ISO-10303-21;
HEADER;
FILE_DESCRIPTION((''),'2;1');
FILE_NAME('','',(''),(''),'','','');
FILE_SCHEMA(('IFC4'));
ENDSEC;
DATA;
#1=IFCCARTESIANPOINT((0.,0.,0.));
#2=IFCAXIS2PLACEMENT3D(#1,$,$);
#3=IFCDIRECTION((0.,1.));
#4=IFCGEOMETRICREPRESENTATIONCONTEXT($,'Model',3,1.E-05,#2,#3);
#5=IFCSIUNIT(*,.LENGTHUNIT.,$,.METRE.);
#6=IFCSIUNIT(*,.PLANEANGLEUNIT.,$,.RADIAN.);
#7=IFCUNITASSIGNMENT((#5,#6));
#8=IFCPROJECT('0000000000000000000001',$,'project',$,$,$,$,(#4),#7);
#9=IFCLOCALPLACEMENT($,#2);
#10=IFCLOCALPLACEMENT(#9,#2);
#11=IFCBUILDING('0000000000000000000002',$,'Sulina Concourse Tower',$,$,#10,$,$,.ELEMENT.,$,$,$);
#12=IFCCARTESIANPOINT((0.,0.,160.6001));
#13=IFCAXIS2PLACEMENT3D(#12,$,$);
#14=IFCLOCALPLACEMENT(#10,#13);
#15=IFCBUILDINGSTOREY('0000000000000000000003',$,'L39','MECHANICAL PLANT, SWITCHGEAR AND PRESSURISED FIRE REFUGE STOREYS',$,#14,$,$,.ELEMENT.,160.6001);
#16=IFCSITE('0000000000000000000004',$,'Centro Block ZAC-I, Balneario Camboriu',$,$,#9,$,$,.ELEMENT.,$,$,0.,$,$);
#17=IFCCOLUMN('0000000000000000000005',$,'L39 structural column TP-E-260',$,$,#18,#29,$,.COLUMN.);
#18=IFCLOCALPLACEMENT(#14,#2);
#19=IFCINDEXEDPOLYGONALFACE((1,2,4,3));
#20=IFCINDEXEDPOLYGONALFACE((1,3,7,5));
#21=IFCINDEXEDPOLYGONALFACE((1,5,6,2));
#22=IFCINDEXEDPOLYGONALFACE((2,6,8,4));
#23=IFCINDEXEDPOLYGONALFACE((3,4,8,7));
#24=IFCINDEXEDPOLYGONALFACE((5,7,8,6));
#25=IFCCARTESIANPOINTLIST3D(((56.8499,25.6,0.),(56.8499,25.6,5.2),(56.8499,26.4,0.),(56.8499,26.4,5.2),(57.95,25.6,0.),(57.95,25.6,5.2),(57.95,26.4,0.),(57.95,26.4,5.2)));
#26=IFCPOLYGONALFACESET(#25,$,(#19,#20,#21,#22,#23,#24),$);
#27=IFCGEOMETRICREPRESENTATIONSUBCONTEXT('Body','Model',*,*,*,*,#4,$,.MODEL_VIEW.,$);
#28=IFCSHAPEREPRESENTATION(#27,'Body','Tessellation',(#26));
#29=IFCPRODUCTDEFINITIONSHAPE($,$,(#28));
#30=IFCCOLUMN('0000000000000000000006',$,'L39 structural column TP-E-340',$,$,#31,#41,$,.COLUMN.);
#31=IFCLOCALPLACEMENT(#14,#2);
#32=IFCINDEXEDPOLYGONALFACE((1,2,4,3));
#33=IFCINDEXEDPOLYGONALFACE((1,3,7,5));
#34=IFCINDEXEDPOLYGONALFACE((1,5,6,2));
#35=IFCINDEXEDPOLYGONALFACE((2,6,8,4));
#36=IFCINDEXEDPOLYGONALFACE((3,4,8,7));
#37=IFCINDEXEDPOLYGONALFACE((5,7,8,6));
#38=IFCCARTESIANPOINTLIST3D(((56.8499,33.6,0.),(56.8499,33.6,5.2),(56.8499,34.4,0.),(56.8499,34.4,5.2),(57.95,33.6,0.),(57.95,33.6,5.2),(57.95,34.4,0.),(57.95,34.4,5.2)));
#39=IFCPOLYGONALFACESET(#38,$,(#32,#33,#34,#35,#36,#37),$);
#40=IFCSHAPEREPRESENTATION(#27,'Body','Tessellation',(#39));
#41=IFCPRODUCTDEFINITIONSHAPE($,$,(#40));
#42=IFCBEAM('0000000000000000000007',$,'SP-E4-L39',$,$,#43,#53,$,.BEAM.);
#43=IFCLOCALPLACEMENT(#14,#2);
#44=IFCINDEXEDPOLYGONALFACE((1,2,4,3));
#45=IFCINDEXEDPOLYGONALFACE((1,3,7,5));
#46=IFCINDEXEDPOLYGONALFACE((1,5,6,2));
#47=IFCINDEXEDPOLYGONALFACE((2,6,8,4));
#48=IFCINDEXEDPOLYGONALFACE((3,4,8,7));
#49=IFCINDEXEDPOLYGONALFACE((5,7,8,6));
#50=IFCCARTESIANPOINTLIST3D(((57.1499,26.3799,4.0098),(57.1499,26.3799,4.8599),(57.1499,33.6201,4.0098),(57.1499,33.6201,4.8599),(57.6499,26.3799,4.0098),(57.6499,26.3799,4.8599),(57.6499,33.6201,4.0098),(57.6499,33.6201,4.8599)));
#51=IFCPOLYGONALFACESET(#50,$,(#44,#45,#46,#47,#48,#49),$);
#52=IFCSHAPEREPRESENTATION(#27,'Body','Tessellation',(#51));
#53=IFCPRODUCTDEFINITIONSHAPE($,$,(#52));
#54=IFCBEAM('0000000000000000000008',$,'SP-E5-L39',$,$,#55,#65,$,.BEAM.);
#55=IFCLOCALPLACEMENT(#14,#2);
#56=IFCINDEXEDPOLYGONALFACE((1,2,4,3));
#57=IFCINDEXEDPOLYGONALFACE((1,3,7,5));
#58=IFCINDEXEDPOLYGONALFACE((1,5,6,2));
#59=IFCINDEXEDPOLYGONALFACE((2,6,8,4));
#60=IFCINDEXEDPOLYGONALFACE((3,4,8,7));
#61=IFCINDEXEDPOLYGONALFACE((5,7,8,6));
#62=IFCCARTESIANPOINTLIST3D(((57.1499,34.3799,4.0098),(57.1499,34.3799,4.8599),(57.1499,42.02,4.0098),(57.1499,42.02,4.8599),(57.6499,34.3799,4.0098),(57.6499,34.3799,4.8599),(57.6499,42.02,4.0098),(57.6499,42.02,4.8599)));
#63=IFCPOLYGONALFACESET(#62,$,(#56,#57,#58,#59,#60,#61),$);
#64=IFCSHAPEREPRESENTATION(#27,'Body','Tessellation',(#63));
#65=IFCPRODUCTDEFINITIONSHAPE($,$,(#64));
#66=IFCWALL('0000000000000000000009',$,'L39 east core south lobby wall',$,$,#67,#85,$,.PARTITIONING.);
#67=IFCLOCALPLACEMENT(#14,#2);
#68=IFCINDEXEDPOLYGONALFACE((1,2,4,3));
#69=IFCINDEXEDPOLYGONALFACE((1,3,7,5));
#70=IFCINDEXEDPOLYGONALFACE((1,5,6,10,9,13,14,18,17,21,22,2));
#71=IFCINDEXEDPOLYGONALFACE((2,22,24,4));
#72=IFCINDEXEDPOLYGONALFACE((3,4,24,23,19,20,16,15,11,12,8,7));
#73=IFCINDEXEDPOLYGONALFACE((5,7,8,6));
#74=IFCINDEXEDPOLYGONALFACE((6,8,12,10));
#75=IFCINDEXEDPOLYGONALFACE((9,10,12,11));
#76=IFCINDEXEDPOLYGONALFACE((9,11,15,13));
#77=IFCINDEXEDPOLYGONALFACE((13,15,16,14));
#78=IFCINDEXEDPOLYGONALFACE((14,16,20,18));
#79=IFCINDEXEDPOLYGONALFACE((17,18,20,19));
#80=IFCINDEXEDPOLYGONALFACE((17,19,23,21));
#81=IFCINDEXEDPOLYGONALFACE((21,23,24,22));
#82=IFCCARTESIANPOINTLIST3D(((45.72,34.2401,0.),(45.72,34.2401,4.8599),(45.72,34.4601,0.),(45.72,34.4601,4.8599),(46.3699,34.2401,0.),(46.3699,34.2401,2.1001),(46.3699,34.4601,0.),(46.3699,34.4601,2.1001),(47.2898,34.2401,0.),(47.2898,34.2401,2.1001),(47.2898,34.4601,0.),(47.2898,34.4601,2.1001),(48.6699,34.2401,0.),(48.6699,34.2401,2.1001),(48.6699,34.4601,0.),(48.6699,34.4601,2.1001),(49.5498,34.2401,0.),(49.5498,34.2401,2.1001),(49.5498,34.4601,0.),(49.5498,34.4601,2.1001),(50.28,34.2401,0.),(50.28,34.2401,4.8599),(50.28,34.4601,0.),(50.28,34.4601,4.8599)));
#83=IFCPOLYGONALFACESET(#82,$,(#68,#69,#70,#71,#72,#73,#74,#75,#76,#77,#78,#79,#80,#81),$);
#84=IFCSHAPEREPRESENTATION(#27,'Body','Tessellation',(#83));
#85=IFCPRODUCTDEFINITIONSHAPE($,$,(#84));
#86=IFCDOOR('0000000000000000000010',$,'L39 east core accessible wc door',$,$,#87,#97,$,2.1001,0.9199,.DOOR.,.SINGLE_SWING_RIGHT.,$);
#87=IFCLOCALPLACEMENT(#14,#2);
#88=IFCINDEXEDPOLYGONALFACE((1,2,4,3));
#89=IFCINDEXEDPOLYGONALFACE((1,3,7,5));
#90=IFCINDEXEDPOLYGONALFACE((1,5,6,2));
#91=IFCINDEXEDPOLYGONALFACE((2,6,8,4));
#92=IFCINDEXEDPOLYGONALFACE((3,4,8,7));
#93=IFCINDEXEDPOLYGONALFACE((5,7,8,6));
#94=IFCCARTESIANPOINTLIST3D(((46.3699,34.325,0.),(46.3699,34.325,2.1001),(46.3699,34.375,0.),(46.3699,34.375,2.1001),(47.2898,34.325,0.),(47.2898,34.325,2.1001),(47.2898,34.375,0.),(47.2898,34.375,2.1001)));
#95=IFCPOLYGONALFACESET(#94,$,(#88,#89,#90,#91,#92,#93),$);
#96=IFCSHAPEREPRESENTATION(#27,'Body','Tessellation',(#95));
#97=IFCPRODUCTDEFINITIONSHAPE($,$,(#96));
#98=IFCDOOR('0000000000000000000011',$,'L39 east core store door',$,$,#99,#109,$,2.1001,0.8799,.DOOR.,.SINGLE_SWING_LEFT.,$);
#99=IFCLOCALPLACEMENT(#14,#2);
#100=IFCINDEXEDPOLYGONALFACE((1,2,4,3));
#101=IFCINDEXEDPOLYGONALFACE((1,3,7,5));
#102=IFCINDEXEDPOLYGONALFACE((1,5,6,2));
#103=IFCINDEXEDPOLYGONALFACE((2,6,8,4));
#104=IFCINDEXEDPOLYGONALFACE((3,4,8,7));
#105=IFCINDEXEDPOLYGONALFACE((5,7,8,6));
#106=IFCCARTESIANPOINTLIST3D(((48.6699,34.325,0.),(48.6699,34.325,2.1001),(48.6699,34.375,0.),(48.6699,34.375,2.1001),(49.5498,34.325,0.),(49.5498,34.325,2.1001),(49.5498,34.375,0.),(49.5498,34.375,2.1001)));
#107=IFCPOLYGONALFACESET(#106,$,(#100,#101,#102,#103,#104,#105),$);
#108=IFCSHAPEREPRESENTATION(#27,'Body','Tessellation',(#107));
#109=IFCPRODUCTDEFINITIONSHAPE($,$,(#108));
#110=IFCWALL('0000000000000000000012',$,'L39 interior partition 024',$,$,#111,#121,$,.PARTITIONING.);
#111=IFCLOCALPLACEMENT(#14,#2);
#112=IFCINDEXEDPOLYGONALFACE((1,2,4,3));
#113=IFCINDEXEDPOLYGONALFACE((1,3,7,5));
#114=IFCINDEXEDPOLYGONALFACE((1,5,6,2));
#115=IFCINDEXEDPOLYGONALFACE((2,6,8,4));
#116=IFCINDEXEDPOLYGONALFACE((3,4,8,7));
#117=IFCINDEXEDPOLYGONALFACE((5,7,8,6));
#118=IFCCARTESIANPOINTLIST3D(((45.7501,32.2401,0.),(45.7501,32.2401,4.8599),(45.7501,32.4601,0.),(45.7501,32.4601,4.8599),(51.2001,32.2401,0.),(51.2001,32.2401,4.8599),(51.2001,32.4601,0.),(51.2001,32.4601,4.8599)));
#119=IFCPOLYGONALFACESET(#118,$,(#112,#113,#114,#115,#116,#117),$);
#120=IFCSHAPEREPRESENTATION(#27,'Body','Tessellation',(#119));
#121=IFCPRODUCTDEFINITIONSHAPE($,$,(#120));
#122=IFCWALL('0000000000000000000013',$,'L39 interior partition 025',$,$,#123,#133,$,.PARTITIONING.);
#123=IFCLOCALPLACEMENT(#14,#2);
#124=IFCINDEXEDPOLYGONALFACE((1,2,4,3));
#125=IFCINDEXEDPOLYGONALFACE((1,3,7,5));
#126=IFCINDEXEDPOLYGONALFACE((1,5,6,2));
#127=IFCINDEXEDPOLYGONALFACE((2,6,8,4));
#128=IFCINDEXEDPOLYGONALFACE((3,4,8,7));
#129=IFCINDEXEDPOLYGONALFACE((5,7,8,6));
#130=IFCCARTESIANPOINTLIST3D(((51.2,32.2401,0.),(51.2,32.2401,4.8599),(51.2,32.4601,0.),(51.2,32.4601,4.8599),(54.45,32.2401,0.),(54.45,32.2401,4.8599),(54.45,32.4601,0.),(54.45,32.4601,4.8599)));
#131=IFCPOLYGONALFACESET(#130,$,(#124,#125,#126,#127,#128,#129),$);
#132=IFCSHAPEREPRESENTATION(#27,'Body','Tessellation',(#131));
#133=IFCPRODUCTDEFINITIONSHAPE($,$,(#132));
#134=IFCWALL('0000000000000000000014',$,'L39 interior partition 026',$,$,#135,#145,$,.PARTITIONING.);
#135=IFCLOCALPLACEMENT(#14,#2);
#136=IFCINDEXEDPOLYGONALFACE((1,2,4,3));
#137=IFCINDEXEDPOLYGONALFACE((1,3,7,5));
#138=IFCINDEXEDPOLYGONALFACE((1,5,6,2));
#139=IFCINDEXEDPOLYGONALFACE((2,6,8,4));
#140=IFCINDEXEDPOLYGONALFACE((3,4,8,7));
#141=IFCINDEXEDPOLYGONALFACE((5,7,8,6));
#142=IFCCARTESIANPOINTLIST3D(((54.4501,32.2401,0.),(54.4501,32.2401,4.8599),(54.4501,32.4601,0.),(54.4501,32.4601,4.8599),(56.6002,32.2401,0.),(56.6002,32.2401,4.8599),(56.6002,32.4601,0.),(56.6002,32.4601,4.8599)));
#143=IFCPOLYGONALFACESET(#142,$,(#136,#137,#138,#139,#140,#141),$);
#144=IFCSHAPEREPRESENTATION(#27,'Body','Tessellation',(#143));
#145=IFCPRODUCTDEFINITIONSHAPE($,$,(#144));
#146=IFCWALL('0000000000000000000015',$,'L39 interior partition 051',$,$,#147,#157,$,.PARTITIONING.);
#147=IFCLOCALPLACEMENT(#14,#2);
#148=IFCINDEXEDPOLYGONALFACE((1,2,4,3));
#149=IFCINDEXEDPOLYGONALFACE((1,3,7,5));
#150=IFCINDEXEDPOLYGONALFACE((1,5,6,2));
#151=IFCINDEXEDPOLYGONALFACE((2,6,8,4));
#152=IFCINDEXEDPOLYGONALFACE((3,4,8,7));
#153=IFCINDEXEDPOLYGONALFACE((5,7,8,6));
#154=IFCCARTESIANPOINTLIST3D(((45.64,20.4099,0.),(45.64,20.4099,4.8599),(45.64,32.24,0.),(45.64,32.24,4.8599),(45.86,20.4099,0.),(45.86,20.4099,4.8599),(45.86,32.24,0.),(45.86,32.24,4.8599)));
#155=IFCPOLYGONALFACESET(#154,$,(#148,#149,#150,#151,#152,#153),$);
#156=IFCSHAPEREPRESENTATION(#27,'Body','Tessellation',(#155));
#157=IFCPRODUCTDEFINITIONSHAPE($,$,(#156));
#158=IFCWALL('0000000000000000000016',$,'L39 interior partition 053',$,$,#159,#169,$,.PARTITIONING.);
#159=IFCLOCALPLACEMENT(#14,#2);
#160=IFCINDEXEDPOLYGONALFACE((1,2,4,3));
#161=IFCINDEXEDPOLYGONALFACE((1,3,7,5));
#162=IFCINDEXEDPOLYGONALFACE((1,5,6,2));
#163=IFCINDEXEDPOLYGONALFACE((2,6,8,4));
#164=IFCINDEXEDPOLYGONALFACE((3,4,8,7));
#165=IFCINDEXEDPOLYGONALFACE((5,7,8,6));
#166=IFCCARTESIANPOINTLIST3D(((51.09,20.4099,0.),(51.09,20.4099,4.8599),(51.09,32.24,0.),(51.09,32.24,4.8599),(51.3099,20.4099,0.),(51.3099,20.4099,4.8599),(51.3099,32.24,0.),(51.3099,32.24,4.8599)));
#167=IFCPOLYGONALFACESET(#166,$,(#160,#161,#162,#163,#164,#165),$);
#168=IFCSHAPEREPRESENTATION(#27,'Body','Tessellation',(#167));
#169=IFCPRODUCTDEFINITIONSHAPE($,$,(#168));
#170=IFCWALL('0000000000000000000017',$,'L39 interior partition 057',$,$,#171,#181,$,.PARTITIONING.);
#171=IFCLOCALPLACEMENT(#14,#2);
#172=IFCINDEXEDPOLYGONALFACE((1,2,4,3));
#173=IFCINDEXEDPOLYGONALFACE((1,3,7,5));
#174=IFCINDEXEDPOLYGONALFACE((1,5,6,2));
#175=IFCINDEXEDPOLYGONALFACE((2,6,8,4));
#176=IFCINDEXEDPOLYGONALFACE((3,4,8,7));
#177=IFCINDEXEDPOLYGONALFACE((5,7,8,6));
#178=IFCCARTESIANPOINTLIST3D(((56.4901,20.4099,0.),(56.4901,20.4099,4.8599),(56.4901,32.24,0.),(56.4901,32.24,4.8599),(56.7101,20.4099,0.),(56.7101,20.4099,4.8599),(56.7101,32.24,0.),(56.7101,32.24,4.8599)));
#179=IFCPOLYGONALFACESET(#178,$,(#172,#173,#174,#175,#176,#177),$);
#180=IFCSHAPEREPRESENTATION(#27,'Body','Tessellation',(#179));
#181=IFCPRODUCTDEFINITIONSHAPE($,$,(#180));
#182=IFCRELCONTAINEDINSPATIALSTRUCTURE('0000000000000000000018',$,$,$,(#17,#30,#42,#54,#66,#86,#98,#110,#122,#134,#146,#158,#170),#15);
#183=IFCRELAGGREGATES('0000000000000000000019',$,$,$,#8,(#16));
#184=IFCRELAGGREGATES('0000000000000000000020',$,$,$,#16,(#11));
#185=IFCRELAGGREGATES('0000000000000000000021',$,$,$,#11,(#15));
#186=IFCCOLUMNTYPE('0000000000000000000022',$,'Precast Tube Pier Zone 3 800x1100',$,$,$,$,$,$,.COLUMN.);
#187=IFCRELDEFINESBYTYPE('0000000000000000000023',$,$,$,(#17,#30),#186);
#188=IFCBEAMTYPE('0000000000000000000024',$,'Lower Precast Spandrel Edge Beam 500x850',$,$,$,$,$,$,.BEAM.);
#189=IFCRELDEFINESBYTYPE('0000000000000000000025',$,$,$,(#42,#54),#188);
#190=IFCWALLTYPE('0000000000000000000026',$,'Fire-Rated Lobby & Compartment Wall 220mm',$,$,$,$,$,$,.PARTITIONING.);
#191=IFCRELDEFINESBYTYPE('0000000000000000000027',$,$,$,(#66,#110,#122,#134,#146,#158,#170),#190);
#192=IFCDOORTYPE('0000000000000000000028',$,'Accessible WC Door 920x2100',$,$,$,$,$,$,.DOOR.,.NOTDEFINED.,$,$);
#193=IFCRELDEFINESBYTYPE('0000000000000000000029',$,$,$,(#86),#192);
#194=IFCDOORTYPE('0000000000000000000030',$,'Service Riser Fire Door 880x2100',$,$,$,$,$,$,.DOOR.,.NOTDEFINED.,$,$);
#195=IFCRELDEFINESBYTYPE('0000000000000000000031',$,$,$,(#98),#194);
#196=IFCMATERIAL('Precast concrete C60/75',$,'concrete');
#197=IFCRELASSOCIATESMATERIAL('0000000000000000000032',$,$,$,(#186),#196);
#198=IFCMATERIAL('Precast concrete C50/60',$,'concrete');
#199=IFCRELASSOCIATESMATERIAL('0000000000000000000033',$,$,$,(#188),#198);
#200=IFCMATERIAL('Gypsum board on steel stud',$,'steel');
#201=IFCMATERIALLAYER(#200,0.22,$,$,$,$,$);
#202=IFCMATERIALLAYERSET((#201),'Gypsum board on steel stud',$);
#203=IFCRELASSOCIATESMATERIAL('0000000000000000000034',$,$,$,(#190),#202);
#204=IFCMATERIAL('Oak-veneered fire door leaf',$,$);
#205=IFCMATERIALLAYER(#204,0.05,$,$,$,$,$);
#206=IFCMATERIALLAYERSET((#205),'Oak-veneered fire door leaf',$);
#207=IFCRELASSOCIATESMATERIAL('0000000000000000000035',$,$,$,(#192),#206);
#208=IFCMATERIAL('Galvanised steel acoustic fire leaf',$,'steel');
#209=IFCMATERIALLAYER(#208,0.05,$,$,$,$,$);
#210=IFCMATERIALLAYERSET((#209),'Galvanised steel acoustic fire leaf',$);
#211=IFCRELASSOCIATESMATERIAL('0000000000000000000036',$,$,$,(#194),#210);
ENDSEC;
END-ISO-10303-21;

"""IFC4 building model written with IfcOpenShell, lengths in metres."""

from ifc_helpers import new_model, si_unit, direction, frame, frame_2d, origin, origin_2d, place, context, subcontext, project, spatial, rectangle, extrude, material, layer, layer_set, material_profile, profile_set, type_object, element, fill, save


model = new_model("IFC4")

# Units and contexts
model_context = context("Model", 3, precision=1e-05, world=origin(), true_north=direction((0.0, 1.0)))
body_context = subcontext(model_context, "Body", "Model", "MODEL_VIEW")
ifc_project = project(units=[si_unit("LENGTHUNIT", "METRE"), si_unit("PLANEANGLEUNIT", "RADIAN")], contexts=[model_context])

# Site, building, storey
site_placement = place(None, origin())
site = spatial("IfcSite", under=ifc_project, at=site_placement, Name="Centro Block ZAC-I, Balneario Camboriu", CompositionType="ELEMENT", RefElevation=0.0)
building_placement = place(site_placement, origin())
building = spatial("IfcBuilding", under=site, at=building_placement, Name="Sulina Concourse Tower", CompositionType="ELEMENT")
storey_placement = place(building_placement, frame((0.0, 0.0, 160.6001)))
storey = spatial("IfcBuildingStorey", under=building, at=storey_placement, Name="L39", Description="MECHANICAL PLANT, SWITCHGEAR AND PRESSURISED FIRE REFUGE STOREYS", CompositionType="ELEMENT", Elevation=160.6001)

# Columns
ifc_material_1 = material(Name="Precast concrete C60/75", Category="concrete")
ifc_material_profile_1 = material_profile(ifc_material_1, rectangle(XDim=0.8, YDim=1.1001, at=origin_2d()), Name="PC 800x1100")
ifc_profile_set_1 = profile_set([ifc_material_profile_1], Name="Precast concrete C60/75")
column_type = type_object("IfcColumnType", Name="Precast Tube Pier Zone 3 800x1100", PredefinedType="COLUMN", material=ifc_profile_set_1)
for number, where, z_axis, x_axis, name in (
    (1, (57.3999, 26.0, 0.0), (0.0, 0.0, 1.0), (0.0, 1.0, 0.0), "L39 structural column TP-E-260"),
    (2, (57.3999, 34.0, 0.0), (0.0, 0.0, 1.0), (0.0, 1.0, 0.0), "L39 structural column TP-E-340"),
):
    element("IfcColumn", number, at=place(storey_placement, frame(where, z_axis=z_axis, x_axis=x_axis)), inside=storey, type_object=column_type, Name=name, PredefinedType="COLUMN", context=body_context, shape_type="SweptSolid", body=[
        extrude(rectangle(XDim=0.8, YDim=1.1001, at=origin_2d()), origin(), (0.0, 0.0, 1.0), 5.2),
    ])

# Beams
ifc_material_2 = material(Name="Precast concrete C50/60", Category="concrete")
ifc_material_profile_2 = material_profile(ifc_material_2, rectangle(XDim=0.5, YDim=0.8501, at=origin_2d()), Name="RC 500x850")
ifc_profile_set_2 = profile_set([ifc_material_profile_2], Name="Precast concrete C50/60")
beam_type = type_object("IfcBeamType", Name="Lower Precast Spandrel Edge Beam 500x850", PredefinedType="BEAM", material=ifc_profile_set_2)
beam_1_placement = place(storey_placement, frame((57.3999, 26.3799, 4.4348), z_axis=(0.0, 1.0, 0.0), x_axis=(-1.0, 0.0, 0.0)))
element("IfcBeam", 3, at=beam_1_placement, inside=storey, type_object=beam_type, Name="SP-E4-L39", PredefinedType="BEAM", context=body_context, shape_type="SweptSolid", body=[
    extrude(rectangle(XDim=0.5, YDim=0.8501, at=origin_2d()), origin(), (0.0, 0.0, 1.0), 7.2402),
])
beam_2_placement = place(storey_placement, frame((57.3999, 34.3799, 4.4348), z_axis=(0.0, 1.0, 0.0), x_axis=(-1.0, 0.0, 0.0)))
element("IfcBeam", 4, at=beam_2_placement, inside=storey, type_object=beam_type, Name="SP-E5-L39", PredefinedType="BEAM", context=body_context, shape_type="SweptSolid", body=[
    extrude(rectangle(XDim=0.5, YDim=0.8501, at=origin_2d()), origin(), (0.0, 0.0, 1.0), 7.6401),
])

# Wall, openings, doors
ifc_material_3 = material(Name="Gypsum board on steel stud", Category="steel")
ifc_layer_1 = layer(ifc_material_3, 0.22)
ifc_layer_set_1 = layer_set([ifc_layer_1], Name="Gypsum board on steel stud")
wall_type_1 = type_object("IfcWallType", Name="Fire-Rated Lobby & Compartment Wall 220mm", PredefinedType="PARTITIONING", material=ifc_layer_set_1)
wall_1_placement = place(storey_placement, frame((45.72, 34.3501, 0.0), z_axis=(0.0, 0.0, 1.0), x_axis=(1.0, 0.0, 0.0)))
wall_1 = element("IfcWall", 5, at=wall_1_placement, inside=storey, type_object=wall_type_1, Name="L39 east core south lobby wall", PredefinedType="PARTITIONING", context=body_context, shape_type="SweptSolid", body=[
    extrude(rectangle(XDim=4.5601, YDim=0.22, at=frame_2d((2.28, 0.0))), origin(), (0.0, 0.0, 1.0), 4.8599),
])
opening_1_placement = place(wall_1_placement, frame((0.6499, 0.0, 0.0)))
opening_1 = element("IfcOpeningElement", 6, at=opening_1_placement, cuts=wall_1, PredefinedType="OPENING", context=body_context, shape_type="SweptSolid", body=[
    extrude(rectangle(XDim=0.9199, YDim=2.1001, at=frame_2d((0.46, 1.05))), frame((0.0, 0.1199, 0.0), z_axis=(0.0, -1.0, 0.0), x_axis=(1.0, 0.0, 0.0)), (0.0, 0.0, 1.0), 0.24),
])
opening_2_placement = place(wall_1_placement, frame((2.95, 0.0, 0.0)))
opening_2 = element("IfcOpeningElement", 7, at=opening_2_placement, cuts=wall_1, PredefinedType="OPENING", context=body_context, shape_type="SweptSolid", body=[
    extrude(rectangle(XDim=0.8799, YDim=2.1001, at=frame_2d((0.4399, 1.05))), frame((0.0, 0.1199, 0.0), z_axis=(0.0, -1.0, 0.0), x_axis=(1.0, 0.0, 0.0)), (0.0, 0.0, 1.0), 0.24),
])
ifc_material_4 = material(Name="Oak-veneered fire door leaf")
ifc_layer_2 = layer(ifc_material_4, 0.05)
ifc_layer_set_2 = layer_set([ifc_layer_2], Name="Oak-veneered fire door leaf")
door_type_1 = type_object("IfcDoorType", Name="Accessible WC Door 920x2100", OperationType="NOTDEFINED", PredefinedType="DOOR", material=ifc_layer_set_2)
door_1_placement = place(opening_1_placement, origin())
door_1 = element("IfcDoor", 8, at=door_1_placement, inside=storey, type_object=door_type_1, Name="L39 east core accessible wc door", OperationType="SINGLE_SWING_RIGHT", OverallHeight=2.1001, OverallWidth=0.9199, PredefinedType="DOOR", context=body_context, shape_type="SweptSolid", body=[
    extrude(rectangle(XDim=0.9199, YDim=2.1001, at=frame_2d((0.46, 1.05))), frame((0.0, 0.0249, 0.0), z_axis=(0.0, -1.0, 0.0), x_axis=(1.0, 0.0, 0.0)), (0.0, 0.0, 1.0), 0.05),
])
fill(opening_1, door_1)
ifc_material_5 = material(Name="Galvanised steel acoustic fire leaf", Category="steel")
ifc_layer_3 = layer(ifc_material_5, 0.05)
ifc_layer_set_3 = layer_set([ifc_layer_3], Name="Galvanised steel acoustic fire leaf")
door_type_2 = type_object("IfcDoorType", Name="Service Riser Fire Door 880x2100", OperationType="NOTDEFINED", PredefinedType="DOOR", material=ifc_layer_set_3)
door_2_placement = place(opening_2_placement, origin())
door_2 = element("IfcDoor", 9, at=door_2_placement, inside=storey, type_object=door_type_2, Name="L39 east core store door", OperationType="SINGLE_SWING_LEFT", OverallHeight=2.1001, OverallWidth=0.8799, PredefinedType="DOOR", context=body_context, shape_type="SweptSolid", body=[
    extrude(rectangle(XDim=0.8799, YDim=2.1001, at=frame_2d((0.4399, 1.05))), frame((0.0, 0.0249, 0.0), z_axis=(0.0, -1.0, 0.0), x_axis=(1.0, 0.0, 0.0)), (0.0, 0.0, 1.0), 0.05),
])
fill(opening_2, door_2)

# Walls
wall_2_placement = place(storey_placement, frame((45.75, 32.3501, 0.0), z_axis=(0.0, 0.0, 1.0), x_axis=(1.0, 0.0, 0.0)))
element("IfcWall", 10, at=wall_2_placement, inside=storey, type_object=wall_type_1, Name="L39 interior partition 024", PredefinedType="PARTITIONING", context=body_context, shape_type="SweptSolid", body=[
    extrude(rectangle(XDim=5.45, YDim=0.22, at=frame_2d((2.7251, 0.0))), origin(), (0.0, 0.0, 1.0), 4.8599),
])
wall_3_placement = place(storey_placement, frame((51.2, 32.3501, 0.0), z_axis=(0.0, 0.0, 1.0), x_axis=(1.0, 0.0, 0.0)))
element("IfcWall", 11, at=wall_3_placement, inside=storey, type_object=wall_type_1, Name="L39 interior partition 025", PredefinedType="PARTITIONING", context=body_context, shape_type="SweptSolid", body=[
    extrude(rectangle(XDim=3.25, YDim=0.22, at=frame_2d((1.625, 0.0))), origin(), (0.0, 0.0, 1.0), 4.8599),
])
wall_4_placement = place(storey_placement, frame((54.45, 32.3501, 0.0), z_axis=(0.0, 0.0, 1.0), x_axis=(1.0, 0.0, 0.0)))
element("IfcWall", 12, at=wall_4_placement, inside=storey, type_object=wall_type_1, Name="L39 interior partition 026", PredefinedType="PARTITIONING", context=body_context, shape_type="SweptSolid", body=[
    extrude(rectangle(XDim=2.1501, YDim=0.22, at=frame_2d((1.0752, 0.0))), origin(), (0.0, 0.0, 1.0), 4.8599),
])
for number, where, z_axis, x_axis, name in (
    (13, (45.75, 20.4099, 0.0), (0.0, 0.0, 1.0), (0.0, 1.0, 0.0), "L39 interior partition 051"),
    (14, (51.2, 20.4099, 0.0), (0.0, 0.0, 1.0), (0.0, 1.0, 0.0), "L39 interior partition 053"),
    (15, (56.6001, 20.4099, 0.0), (0.0, 0.0, 1.0), (0.0, 1.0, 0.0), "L39 interior partition 057"),
):
    element("IfcWall", number, at=place(storey_placement, frame(where, z_axis=z_axis, x_axis=x_axis)), inside=storey, type_object=wall_type_1, Name=name, PredefinedType="PARTITIONING", context=body_context, shape_type="SweptSolid", body=[
        extrude(rectangle(XDim=11.8301, YDim=0.22, at=frame_2d((5.915, 0.0))), origin(), (0.0, 0.0, 1.0), 4.8599),
    ])

save(model, "model.ifc")
